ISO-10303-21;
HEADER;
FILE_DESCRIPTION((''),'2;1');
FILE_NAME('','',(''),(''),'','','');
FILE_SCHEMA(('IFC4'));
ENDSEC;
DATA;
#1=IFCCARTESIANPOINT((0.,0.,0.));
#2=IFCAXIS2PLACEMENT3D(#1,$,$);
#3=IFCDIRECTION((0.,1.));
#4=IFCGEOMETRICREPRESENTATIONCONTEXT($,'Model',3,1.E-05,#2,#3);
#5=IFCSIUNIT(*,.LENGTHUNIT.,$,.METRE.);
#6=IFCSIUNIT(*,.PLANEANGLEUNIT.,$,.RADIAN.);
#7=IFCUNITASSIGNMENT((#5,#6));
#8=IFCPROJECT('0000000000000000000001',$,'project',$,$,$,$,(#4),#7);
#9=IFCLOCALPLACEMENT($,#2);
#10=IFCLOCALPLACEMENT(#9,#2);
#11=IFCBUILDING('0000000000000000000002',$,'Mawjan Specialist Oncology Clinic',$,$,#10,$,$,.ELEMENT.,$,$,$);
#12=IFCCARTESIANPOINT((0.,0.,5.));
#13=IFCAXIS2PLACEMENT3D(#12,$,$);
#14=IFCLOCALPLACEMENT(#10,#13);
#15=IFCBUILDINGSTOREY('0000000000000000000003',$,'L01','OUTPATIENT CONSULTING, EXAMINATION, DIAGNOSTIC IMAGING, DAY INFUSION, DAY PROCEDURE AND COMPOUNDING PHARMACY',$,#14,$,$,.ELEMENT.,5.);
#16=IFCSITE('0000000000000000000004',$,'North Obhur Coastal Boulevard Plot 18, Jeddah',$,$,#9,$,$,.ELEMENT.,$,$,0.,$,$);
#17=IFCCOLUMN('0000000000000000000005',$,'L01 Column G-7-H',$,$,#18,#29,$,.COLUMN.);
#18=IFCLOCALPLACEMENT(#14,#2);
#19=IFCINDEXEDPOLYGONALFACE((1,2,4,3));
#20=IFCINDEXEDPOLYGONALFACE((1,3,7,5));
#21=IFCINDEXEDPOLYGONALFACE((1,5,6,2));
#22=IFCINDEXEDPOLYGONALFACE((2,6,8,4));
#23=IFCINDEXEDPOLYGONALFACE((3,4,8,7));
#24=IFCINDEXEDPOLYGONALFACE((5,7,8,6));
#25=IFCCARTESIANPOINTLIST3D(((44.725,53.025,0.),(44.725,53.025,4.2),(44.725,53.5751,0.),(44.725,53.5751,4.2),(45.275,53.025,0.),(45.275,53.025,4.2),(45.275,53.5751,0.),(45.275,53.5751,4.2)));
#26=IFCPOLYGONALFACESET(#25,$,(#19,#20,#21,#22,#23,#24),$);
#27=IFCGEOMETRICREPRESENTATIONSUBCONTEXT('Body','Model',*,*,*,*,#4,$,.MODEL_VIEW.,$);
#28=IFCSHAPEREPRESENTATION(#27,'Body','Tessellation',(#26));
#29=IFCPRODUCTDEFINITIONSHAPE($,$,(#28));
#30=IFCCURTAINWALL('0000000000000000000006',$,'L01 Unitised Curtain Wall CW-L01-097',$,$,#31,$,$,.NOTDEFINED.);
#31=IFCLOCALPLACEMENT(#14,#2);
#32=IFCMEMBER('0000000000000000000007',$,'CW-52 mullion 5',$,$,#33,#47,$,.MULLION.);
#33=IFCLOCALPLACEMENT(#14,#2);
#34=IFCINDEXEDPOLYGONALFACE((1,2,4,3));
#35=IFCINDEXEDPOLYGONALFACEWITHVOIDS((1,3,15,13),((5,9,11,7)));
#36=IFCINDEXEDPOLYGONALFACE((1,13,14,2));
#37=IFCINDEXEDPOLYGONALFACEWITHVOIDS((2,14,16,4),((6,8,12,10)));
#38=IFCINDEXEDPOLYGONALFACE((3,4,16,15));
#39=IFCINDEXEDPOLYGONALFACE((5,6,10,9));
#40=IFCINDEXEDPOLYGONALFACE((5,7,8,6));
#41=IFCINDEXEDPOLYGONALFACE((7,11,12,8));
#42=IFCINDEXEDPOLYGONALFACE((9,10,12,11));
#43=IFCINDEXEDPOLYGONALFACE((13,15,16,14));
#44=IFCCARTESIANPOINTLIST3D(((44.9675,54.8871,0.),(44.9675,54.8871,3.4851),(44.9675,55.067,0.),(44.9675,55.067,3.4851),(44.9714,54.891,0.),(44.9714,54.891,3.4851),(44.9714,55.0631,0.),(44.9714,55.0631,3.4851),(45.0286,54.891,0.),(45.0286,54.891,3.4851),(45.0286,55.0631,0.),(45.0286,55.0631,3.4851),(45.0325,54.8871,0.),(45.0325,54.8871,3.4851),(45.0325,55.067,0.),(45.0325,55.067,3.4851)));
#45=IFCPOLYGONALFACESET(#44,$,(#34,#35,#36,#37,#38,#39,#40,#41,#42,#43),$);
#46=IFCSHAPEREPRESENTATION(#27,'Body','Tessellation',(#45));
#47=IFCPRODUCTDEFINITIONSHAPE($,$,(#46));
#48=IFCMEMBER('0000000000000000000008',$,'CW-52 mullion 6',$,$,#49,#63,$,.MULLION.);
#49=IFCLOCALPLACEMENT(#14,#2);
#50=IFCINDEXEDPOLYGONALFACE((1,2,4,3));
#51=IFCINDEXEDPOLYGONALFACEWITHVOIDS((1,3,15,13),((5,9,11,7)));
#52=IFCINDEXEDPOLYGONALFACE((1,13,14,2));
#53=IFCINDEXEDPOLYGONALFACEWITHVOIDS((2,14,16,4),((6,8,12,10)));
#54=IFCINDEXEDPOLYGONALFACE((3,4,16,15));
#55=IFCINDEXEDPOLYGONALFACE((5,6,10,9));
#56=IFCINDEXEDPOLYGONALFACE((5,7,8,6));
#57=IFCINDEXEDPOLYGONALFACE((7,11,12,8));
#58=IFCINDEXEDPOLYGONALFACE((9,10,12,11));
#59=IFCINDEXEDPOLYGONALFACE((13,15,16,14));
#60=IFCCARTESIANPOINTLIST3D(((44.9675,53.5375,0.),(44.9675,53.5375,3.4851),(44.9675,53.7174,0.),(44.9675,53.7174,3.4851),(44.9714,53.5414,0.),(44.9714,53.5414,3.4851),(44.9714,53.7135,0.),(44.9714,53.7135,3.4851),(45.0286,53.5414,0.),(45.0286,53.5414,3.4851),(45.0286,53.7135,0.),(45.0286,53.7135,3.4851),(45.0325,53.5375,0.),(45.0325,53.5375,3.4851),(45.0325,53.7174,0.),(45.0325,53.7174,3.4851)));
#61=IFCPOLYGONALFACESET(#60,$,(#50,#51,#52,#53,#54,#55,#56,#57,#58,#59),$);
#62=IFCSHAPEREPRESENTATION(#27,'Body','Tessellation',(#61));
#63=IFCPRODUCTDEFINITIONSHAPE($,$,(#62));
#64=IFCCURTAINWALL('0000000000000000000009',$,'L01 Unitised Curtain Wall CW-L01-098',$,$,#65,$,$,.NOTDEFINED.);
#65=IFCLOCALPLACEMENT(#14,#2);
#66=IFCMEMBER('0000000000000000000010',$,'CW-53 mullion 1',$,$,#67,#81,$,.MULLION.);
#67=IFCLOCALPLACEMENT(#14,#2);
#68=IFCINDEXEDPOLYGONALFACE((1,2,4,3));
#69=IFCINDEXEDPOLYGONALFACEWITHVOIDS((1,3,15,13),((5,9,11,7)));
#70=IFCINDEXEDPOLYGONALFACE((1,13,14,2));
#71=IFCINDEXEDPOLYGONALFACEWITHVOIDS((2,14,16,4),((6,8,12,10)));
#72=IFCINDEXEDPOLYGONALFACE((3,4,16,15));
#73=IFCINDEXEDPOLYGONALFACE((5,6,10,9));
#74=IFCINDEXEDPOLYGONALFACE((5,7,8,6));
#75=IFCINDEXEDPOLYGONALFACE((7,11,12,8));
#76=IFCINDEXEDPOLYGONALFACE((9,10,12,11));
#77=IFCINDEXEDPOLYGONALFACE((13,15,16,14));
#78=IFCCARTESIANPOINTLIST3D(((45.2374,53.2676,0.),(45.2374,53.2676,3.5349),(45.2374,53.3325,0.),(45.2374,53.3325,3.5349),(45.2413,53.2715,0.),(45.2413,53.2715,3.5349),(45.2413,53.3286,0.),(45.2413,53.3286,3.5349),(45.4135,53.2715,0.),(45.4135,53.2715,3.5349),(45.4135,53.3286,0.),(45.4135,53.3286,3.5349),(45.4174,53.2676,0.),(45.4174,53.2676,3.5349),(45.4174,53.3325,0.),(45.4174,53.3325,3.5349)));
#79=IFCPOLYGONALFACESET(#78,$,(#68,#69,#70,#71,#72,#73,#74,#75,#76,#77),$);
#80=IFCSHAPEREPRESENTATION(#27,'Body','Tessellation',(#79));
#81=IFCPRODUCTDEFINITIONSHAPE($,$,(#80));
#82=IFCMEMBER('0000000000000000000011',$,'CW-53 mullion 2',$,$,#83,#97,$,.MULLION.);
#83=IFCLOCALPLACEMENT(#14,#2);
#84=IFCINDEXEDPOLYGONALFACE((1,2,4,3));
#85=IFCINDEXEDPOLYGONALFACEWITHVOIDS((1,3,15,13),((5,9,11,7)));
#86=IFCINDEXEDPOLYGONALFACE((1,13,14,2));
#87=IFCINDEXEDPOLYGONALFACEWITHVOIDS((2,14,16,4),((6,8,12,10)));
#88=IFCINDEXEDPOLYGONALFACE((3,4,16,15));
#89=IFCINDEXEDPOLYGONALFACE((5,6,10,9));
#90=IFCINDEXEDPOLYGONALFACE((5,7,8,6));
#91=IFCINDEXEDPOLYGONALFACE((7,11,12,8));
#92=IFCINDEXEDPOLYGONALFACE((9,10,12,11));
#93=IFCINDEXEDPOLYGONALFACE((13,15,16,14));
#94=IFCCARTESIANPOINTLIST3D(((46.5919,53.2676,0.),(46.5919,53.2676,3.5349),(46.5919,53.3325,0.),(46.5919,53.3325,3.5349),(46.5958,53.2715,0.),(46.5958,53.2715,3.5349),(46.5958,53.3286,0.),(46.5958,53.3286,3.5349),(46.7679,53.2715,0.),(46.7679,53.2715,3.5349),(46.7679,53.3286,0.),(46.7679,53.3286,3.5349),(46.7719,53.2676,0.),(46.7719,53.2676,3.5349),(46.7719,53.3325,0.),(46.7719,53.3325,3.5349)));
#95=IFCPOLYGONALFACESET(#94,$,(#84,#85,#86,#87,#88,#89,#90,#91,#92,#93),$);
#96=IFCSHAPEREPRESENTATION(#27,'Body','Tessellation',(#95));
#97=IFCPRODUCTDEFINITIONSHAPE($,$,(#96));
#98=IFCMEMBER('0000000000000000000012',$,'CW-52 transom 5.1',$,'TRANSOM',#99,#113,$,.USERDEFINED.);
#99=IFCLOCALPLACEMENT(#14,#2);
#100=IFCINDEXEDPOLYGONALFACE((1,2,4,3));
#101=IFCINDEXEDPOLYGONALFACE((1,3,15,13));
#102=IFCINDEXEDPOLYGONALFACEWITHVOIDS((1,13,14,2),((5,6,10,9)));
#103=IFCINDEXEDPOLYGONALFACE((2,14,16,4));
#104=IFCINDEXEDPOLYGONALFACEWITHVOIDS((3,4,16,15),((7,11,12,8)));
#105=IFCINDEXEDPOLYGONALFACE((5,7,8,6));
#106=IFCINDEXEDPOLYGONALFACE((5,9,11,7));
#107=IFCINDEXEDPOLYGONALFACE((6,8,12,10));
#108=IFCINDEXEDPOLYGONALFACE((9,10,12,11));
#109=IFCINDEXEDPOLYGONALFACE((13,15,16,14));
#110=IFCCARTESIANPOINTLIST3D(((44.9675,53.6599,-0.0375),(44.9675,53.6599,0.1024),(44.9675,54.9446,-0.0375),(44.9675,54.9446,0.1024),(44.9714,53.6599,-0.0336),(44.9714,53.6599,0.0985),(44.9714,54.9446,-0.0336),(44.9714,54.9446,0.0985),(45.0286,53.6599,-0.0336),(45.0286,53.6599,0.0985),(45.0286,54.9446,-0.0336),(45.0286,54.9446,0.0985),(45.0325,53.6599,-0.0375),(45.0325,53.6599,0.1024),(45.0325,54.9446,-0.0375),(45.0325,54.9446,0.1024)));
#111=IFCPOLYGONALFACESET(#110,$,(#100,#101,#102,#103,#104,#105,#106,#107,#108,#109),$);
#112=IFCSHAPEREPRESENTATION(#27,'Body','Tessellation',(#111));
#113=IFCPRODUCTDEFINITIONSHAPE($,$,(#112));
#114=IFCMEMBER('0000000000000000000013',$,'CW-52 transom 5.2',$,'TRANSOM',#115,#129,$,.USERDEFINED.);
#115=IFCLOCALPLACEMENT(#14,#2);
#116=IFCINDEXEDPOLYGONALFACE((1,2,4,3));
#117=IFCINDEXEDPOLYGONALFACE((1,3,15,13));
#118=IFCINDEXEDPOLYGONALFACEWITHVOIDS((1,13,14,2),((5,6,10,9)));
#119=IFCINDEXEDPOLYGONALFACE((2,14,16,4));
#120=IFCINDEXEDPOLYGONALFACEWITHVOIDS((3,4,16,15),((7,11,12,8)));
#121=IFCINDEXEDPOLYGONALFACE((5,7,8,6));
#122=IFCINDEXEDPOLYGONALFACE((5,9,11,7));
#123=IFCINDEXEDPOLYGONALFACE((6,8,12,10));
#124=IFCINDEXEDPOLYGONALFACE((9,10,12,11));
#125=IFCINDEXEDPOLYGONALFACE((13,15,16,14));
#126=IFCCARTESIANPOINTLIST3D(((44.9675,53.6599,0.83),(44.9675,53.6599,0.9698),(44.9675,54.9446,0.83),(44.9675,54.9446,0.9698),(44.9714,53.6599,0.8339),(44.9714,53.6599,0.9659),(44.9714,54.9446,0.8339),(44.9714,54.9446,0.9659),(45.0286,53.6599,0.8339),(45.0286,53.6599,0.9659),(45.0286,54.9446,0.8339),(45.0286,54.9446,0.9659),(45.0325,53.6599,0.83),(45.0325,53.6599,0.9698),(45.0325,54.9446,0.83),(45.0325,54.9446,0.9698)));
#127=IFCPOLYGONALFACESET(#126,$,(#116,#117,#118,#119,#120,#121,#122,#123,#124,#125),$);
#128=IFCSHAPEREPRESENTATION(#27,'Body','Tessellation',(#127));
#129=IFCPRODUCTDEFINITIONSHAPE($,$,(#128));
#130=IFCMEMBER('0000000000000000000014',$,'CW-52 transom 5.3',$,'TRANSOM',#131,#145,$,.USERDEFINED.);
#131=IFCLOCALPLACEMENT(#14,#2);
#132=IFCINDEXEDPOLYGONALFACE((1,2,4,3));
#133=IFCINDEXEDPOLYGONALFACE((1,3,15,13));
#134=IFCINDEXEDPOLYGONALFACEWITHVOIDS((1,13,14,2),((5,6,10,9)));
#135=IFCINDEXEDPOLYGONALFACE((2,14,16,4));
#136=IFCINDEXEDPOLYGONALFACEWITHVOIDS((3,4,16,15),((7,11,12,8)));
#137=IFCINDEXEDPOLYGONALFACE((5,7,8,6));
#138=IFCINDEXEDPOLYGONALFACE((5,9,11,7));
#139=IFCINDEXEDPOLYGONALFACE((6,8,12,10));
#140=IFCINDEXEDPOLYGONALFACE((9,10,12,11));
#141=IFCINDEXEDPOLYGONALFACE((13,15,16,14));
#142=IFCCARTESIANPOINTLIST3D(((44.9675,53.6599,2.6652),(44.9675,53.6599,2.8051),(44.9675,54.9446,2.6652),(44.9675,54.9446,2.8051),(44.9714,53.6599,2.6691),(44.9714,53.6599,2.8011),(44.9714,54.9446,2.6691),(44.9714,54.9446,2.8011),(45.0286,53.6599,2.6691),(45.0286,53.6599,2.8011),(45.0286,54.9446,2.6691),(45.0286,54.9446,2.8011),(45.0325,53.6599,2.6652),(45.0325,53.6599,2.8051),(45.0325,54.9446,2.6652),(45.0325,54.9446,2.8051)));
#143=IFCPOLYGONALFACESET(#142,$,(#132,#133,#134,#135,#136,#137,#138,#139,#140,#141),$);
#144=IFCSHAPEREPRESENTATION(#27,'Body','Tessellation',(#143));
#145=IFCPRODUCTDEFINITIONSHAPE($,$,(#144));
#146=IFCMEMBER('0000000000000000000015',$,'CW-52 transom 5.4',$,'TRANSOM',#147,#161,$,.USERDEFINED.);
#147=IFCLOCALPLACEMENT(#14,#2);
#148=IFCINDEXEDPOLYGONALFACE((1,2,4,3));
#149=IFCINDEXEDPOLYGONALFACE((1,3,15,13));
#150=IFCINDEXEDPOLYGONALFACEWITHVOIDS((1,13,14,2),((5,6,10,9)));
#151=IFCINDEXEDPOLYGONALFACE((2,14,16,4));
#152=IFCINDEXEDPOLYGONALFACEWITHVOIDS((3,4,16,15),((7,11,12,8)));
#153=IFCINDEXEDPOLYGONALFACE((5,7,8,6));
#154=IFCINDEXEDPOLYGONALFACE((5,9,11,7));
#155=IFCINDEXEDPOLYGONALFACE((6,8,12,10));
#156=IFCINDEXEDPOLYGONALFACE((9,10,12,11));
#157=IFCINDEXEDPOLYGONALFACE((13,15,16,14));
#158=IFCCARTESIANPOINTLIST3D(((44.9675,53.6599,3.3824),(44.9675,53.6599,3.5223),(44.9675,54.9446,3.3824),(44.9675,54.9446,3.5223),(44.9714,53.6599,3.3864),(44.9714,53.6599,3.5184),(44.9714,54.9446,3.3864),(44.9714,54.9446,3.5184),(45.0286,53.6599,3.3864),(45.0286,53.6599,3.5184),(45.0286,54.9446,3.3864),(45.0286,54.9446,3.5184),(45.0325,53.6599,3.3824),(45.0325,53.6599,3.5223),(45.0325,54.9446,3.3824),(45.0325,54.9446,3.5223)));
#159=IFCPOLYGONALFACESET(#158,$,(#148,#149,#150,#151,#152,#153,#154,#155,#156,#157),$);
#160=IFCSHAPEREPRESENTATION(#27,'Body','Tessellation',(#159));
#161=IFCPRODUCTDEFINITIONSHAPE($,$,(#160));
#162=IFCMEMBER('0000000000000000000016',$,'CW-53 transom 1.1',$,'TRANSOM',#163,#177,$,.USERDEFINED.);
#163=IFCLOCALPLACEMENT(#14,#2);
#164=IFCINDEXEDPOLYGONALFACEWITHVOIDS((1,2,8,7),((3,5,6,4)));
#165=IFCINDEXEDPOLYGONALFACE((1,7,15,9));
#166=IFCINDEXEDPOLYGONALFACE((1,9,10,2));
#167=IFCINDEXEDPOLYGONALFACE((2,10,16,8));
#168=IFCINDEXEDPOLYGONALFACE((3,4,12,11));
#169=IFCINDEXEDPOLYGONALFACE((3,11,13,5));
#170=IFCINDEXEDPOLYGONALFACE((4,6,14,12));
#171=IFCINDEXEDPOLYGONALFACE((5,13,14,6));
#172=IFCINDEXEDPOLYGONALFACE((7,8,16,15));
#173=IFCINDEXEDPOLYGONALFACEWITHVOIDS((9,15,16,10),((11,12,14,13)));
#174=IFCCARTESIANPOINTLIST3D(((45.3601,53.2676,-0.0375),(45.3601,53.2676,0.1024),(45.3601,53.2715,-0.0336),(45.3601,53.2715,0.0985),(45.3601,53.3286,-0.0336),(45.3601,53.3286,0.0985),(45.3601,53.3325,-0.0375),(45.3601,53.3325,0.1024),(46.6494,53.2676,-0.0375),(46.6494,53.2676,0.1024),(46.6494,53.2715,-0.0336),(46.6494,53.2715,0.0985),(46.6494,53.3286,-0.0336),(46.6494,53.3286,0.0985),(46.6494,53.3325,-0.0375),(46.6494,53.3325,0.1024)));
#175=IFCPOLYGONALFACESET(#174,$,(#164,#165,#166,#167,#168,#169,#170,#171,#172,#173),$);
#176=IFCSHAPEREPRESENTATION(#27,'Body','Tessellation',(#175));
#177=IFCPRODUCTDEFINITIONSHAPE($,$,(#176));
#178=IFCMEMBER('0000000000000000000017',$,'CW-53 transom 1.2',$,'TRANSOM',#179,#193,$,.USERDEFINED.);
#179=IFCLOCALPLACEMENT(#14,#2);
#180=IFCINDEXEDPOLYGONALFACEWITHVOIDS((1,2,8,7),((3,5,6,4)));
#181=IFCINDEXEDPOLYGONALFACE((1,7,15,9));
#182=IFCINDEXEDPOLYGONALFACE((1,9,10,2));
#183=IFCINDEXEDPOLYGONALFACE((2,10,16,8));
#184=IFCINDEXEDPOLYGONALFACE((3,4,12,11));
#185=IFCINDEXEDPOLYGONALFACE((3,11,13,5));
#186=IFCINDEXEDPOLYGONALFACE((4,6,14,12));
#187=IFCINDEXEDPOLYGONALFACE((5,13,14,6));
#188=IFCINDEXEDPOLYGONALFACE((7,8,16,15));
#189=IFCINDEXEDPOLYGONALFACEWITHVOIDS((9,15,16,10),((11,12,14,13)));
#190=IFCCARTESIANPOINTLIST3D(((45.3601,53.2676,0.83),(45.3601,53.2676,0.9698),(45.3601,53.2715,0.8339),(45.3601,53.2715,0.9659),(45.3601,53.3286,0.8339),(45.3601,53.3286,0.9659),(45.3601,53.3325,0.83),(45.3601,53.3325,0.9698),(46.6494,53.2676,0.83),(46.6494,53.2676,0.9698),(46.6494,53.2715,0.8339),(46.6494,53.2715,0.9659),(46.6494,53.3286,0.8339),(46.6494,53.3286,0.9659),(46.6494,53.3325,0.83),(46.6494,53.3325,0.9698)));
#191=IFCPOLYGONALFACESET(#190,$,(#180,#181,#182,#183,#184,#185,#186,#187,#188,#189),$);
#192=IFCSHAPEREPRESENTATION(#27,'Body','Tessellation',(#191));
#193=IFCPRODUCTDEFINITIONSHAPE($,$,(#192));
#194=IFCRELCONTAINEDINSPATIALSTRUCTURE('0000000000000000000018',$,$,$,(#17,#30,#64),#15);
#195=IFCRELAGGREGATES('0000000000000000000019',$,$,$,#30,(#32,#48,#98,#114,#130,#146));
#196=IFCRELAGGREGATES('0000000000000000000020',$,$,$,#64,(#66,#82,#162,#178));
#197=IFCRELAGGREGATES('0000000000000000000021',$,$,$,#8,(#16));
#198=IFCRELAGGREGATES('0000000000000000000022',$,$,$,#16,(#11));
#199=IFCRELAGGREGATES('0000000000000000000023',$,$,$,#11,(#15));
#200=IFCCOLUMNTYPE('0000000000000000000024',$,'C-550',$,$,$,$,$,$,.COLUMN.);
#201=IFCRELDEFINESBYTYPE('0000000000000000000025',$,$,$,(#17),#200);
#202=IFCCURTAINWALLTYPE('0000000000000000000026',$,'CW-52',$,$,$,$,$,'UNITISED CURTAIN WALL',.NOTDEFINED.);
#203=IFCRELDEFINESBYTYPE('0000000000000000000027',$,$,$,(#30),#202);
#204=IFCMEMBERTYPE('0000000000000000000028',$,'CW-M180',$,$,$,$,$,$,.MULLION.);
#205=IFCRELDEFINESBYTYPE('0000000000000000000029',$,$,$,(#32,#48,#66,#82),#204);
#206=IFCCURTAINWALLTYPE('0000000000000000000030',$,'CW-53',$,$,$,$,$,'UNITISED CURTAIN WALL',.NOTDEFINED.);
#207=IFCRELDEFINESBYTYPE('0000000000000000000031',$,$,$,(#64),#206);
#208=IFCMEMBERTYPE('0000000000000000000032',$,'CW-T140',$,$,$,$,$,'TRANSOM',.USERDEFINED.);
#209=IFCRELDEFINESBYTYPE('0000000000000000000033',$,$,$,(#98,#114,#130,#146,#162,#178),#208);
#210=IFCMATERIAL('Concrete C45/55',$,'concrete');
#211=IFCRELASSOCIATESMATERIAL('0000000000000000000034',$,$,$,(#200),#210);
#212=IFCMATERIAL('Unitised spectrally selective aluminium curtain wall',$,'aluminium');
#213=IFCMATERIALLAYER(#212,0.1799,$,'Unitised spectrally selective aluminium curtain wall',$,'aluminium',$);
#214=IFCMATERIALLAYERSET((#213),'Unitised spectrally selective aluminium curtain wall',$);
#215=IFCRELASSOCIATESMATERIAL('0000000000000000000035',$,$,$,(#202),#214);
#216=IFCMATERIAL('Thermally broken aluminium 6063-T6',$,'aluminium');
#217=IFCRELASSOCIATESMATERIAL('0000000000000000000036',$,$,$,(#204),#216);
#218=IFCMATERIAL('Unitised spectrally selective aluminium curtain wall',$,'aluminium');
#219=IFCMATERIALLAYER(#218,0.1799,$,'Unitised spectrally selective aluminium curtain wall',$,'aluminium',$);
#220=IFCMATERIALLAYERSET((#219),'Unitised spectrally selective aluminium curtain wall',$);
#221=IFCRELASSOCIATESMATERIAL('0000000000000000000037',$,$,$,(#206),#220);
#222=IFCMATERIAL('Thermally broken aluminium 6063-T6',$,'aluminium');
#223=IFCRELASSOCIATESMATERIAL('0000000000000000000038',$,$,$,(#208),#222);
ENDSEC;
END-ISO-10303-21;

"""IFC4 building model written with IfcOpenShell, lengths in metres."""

from ifc_helpers import new_model, si_unit, direction, frame, origin, origin_2d, place, context, subcontext, project, spatial, rectangle, hollow_rectangle, extrude, material, layer, layer_set, material_profile, profile_set, type_object, element, aggregate, save


model = new_model("IFC4")

# Units and contexts
model_context = context("Model", 3, precision=1e-05, world=origin(), true_north=direction((0.0, 1.0)))
body_context = subcontext(model_context, "Body", "Model", "MODEL_VIEW")
ifc_project = project(units=[si_unit("LENGTHUNIT", "METRE"), si_unit("PLANEANGLEUNIT", "RADIAN")], contexts=[model_context])

# Site, building, storey
site_placement = place(None, origin())
site = spatial("IfcSite", under=ifc_project, at=site_placement, Name="North Obhur Coastal Boulevard Plot 18, Jeddah", CompositionType="ELEMENT", RefElevation=0.0)
building_placement = place(site_placement, origin())
building = spatial("IfcBuilding", under=site, at=building_placement, Name="Mawjan Specialist Oncology Clinic", CompositionType="ELEMENT")
storey_placement = place(building_placement, frame((0.0, 0.0, 5.0)))
storey = spatial("IfcBuildingStorey", under=building, at=storey_placement, Name="L01", Description="OUTPATIENT CONSULTING, EXAMINATION, DIAGNOSTIC IMAGING, DAY INFUSION, DAY PROCEDURE AND COMPOUNDING PHARMACY", CompositionType="ELEMENT", Elevation=5.0)

# Column
ifc_material_1 = material(Name="Concrete C45/55", Category="concrete")
ifc_material_profile_1 = material_profile(ifc_material_1, rectangle(XDim=0.55, YDim=0.55, at=origin_2d()), Name="RC COL 550x550", Category="concrete")
ifc_profile_set_1 = profile_set([ifc_material_profile_1], Name="Concrete C45/55")
column_type = type_object("IfcColumnType", Name="C-550", PredefinedType="COLUMN", material=ifc_profile_set_1)
column_placement = place(storey_placement, frame((45.0, 53.3, 0.0), z_axis=(0.0, 0.0, 1.0), x_axis=(1.0, 0.0, 0.0)))
element("IfcColumn", 1, at=column_placement, inside=storey, type_object=column_type, Name="L01 Column G-7-H", PredefinedType="COLUMN", context=body_context, shape_type="SweptSolid", body=[
    extrude(rectangle(XDim=0.55, YDim=0.55, at=origin_2d()), origin(), (0.0, 0.0, 1.0), 4.2),
])

# Curtain walls, members
ifc_material_2 = material(Name="Unitised spectrally selective aluminium curtain wall", Category="aluminium")
ifc_layer_1 = layer(ifc_material_2, 0.1799, Name="Unitised spectrally selective aluminium curtain wall", Category="aluminium")
ifc_layer_set_1 = layer_set([ifc_layer_1], Name="Unitised spectrally selective aluminium curtain wall")
curtain_wall_type_1 = type_object("IfcCurtainWallType", Name="CW-52", ElementType="UNITISED CURTAIN WALL", PredefinedType="NOTDEFINED", material=ifc_layer_set_1)
curtain_wall_1_placement = place(storey_placement, origin())
curtain_wall_1 = element("IfcCurtainWall", 2, at=curtain_wall_1_placement, inside=storey, type_object=curtain_wall_type_1, Name="L01 Unitised Curtain Wall CW-L01-097", PredefinedType="NOTDEFINED")
ifc_material_3 = material(Name="Thermally broken aluminium 6063-T6", Category="aluminium")
ifc_material_profile_2 = material_profile(ifc_material_3, hollow_rectangle(XDim=0.0649, YDim=0.1799, WallThickness=0.0039, at=origin_2d()), Name="ALU MULLION 180x65x4", Category="aluminium")
ifc_profile_set_2 = profile_set([ifc_material_profile_2], Name="Thermally broken aluminium 6063-T6")
member_type_1 = type_object("IfcMemberType", Name="CW-M180", PredefinedType="MULLION", material=ifc_profile_set_2)
member_1_placement = place(storey_placement, frame((45.0, 54.9771, 0.0), z_axis=(0.0, 0.0, 1.0), x_axis=(1.0, 0.0, 0.0)))
member_1 = element("IfcMember", 3, at=member_1_placement, type_object=member_type_1, Name="CW-52 mullion 5", PredefinedType="MULLION", context=body_context, shape_type="SweptSolid", body=[
    extrude(hollow_rectangle(XDim=0.0649, YDim=0.1799, WallThickness=0.0039, at=origin_2d()), origin(), (0.0, 0.0, 1.0), 3.4851),
])
member_2_placement = place(storey_placement, frame((45.0, 53.6274, 0.0), z_axis=(0.0, 0.0, 1.0), x_axis=(1.0, 0.0, 0.0)))
member_2 = element("IfcMember", 4, at=member_2_placement, type_object=member_type_1, Name="CW-52 mullion 6", PredefinedType="MULLION", context=body_context, shape_type="SweptSolid", body=[
    extrude(hollow_rectangle(XDim=0.0649, YDim=0.1799, WallThickness=0.0039, at=origin_2d()), origin(), (0.0, 0.0, 1.0), 3.4851),
])
ifc_material_4 = material(Name="Unitised spectrally selective aluminium curtain wall", Category="aluminium")
ifc_layer_2 = layer(ifc_material_4, 0.1799, Name="Unitised spectrally selective aluminium curtain wall", Category="aluminium")
ifc_layer_set_2 = layer_set([ifc_layer_2], Name="Unitised spectrally selective aluminium curtain wall")
curtain_wall_type_2 = type_object("IfcCurtainWallType", Name="CW-53", ElementType="UNITISED CURTAIN WALL", PredefinedType="NOTDEFINED", material=ifc_layer_set_2)
curtain_wall_2_placement = place(storey_placement, origin())
curtain_wall_2 = element("IfcCurtainWall", 5, at=curtain_wall_2_placement, inside=storey, type_object=curtain_wall_type_2, Name="L01 Unitised Curtain Wall CW-L01-098", PredefinedType="NOTDEFINED")
member_3_placement = place(storey_placement, frame((45.3274, 53.3, 0.0), z_axis=(0.0, 0.0, 1.0), x_axis=(0.0, 1.0, 0.0)))
member_3 = element("IfcMember", 6, at=member_3_placement, type_object=member_type_1, Name="CW-53 mullion 1", PredefinedType="MULLION", context=body_context, shape_type="SweptSolid", body=[
    extrude(hollow_rectangle(XDim=0.0649, YDim=0.1799, WallThickness=0.0039, at=origin_2d()), origin(), (0.0, 0.0, 1.0), 3.5349),
])
member_4_placement = place(storey_placement, frame((46.6819, 53.3, 0.0), z_axis=(0.0, 0.0, 1.0), x_axis=(0.0, 1.0, 0.0)))
member_4 = element("IfcMember", 7, at=member_4_placement, type_object=member_type_1, Name="CW-53 mullion 2", PredefinedType="MULLION", context=body_context, shape_type="SweptSolid", body=[
    extrude(hollow_rectangle(XDim=0.0649, YDim=0.1799, WallThickness=0.0039, at=origin_2d()), origin(), (0.0, 0.0, 1.0), 3.5349),
])

# Members
ifc_material_5 = material(Name="Thermally broken aluminium 6063-T6", Category="aluminium")
ifc_material_profile_3 = material_profile(ifc_material_5, hollow_rectangle(XDim=0.0649, YDim=0.1399, WallThickness=0.0039, at=origin_2d()), Name="ALU TRANSOM 140x65x4", Category="aluminium")
ifc_profile_set_3 = profile_set([ifc_material_profile_3], Name="Thermally broken aluminium 6063-T6")
member_type_2 = type_object("IfcMemberType", Name="CW-T140", ElementType="TRANSOM", PredefinedType="USERDEFINED", material=ifc_profile_set_3)
member_5_placement = place(storey_placement, frame((45.0, 54.9446, 0.0325), z_axis=(0.0, -1.0, 0.0), x_axis=(1.0, 0.0, 0.0)))
member_5 = element("IfcMember", 8, at=member_5_placement, type_object=member_type_2, Name="CW-52 transom 5.1", ObjectType="TRANSOM", PredefinedType="USERDEFINED", context=body_context, shape_type="SweptSolid", body=[
    extrude(hollow_rectangle(XDim=0.0649, YDim=0.1399, WallThickness=0.0039, at=origin_2d()), origin(), (0.0, 0.0, 1.0), 1.2847),
])
member_6_placement = place(storey_placement, frame((45.0, 54.9446, 0.8999), z_axis=(0.0, -1.0, 0.0), x_axis=(1.0, 0.0, 0.0)))
member_6 = element("IfcMember", 9, at=member_6_placement, type_object=member_type_2, Name="CW-52 transom 5.2", ObjectType="TRANSOM", PredefinedType="USERDEFINED", context=body_context, shape_type="SweptSolid", body=[
    extrude(hollow_rectangle(XDim=0.0649, YDim=0.1399, WallThickness=0.0039, at=origin_2d()), origin(), (0.0, 0.0, 1.0), 1.2847),
])
member_7_placement = place(storey_placement, frame((45.0, 54.9446, 2.7351), z_axis=(0.0, -1.0, 0.0), x_axis=(1.0, 0.0, 0.0)))
member_7 = element("IfcMember", 10, at=member_7_placement, type_object=member_type_2, Name="CW-52 transom 5.3", ObjectType="TRANSOM", PredefinedType="USERDEFINED", context=body_context, shape_type="SweptSolid", body=[
    extrude(hollow_rectangle(XDim=0.0649, YDim=0.1399, WallThickness=0.0039, at=origin_2d()), origin(), (0.0, 0.0, 1.0), 1.2847),
])
member_8_placement = place(storey_placement, frame((45.0, 54.9446, 3.4524), z_axis=(0.0, -1.0, 0.0), x_axis=(1.0, 0.0, 0.0)))
member_8 = element("IfcMember", 11, at=member_8_placement, type_object=member_type_2, Name="CW-52 transom 5.4", ObjectType="TRANSOM", PredefinedType="USERDEFINED", context=body_context, shape_type="SweptSolid", body=[
    extrude(hollow_rectangle(XDim=0.0649, YDim=0.1399, WallThickness=0.0039, at=origin_2d()), origin(), (0.0, 0.0, 1.0), 1.2847),
])
member_9_placement = place(storey_placement, frame((45.3601, 53.3, 0.0325), z_axis=(1.0, 0.0, 0.0), x_axis=(0.0, 1.0, 0.0)))
member_9 = element("IfcMember", 12, at=member_9_placement, type_object=member_type_2, Name="CW-53 transom 1.1", ObjectType="TRANSOM", PredefinedType="USERDEFINED", context=body_context, shape_type="SweptSolid", body=[
    extrude(hollow_rectangle(XDim=0.0649, YDim=0.1399, WallThickness=0.0039, at=origin_2d()), origin(), (0.0, 0.0, 1.0), 1.2893),
])
member_10_placement = place(storey_placement, frame((45.3601, 53.3, 0.8999), z_axis=(1.0, 0.0, 0.0), x_axis=(0.0, 1.0, 0.0)))
member_10 = element("IfcMember", 13, at=member_10_placement, type_object=member_type_2, Name="CW-53 transom 1.2", ObjectType="TRANSOM", PredefinedType="USERDEFINED", context=body_context, shape_type="SweptSolid", body=[
    extrude(hollow_rectangle(XDim=0.0649, YDim=0.1399, WallThickness=0.0039, at=origin_2d()), origin(), (0.0, 0.0, 1.0), 1.2893),
])

aggregate(curtain_wall_1, [member_1, member_2, member_5, member_6, member_7, member_8])
aggregate(curtain_wall_2, [member_3, member_4, member_9, member_10])

save(model, "model.ifc")
